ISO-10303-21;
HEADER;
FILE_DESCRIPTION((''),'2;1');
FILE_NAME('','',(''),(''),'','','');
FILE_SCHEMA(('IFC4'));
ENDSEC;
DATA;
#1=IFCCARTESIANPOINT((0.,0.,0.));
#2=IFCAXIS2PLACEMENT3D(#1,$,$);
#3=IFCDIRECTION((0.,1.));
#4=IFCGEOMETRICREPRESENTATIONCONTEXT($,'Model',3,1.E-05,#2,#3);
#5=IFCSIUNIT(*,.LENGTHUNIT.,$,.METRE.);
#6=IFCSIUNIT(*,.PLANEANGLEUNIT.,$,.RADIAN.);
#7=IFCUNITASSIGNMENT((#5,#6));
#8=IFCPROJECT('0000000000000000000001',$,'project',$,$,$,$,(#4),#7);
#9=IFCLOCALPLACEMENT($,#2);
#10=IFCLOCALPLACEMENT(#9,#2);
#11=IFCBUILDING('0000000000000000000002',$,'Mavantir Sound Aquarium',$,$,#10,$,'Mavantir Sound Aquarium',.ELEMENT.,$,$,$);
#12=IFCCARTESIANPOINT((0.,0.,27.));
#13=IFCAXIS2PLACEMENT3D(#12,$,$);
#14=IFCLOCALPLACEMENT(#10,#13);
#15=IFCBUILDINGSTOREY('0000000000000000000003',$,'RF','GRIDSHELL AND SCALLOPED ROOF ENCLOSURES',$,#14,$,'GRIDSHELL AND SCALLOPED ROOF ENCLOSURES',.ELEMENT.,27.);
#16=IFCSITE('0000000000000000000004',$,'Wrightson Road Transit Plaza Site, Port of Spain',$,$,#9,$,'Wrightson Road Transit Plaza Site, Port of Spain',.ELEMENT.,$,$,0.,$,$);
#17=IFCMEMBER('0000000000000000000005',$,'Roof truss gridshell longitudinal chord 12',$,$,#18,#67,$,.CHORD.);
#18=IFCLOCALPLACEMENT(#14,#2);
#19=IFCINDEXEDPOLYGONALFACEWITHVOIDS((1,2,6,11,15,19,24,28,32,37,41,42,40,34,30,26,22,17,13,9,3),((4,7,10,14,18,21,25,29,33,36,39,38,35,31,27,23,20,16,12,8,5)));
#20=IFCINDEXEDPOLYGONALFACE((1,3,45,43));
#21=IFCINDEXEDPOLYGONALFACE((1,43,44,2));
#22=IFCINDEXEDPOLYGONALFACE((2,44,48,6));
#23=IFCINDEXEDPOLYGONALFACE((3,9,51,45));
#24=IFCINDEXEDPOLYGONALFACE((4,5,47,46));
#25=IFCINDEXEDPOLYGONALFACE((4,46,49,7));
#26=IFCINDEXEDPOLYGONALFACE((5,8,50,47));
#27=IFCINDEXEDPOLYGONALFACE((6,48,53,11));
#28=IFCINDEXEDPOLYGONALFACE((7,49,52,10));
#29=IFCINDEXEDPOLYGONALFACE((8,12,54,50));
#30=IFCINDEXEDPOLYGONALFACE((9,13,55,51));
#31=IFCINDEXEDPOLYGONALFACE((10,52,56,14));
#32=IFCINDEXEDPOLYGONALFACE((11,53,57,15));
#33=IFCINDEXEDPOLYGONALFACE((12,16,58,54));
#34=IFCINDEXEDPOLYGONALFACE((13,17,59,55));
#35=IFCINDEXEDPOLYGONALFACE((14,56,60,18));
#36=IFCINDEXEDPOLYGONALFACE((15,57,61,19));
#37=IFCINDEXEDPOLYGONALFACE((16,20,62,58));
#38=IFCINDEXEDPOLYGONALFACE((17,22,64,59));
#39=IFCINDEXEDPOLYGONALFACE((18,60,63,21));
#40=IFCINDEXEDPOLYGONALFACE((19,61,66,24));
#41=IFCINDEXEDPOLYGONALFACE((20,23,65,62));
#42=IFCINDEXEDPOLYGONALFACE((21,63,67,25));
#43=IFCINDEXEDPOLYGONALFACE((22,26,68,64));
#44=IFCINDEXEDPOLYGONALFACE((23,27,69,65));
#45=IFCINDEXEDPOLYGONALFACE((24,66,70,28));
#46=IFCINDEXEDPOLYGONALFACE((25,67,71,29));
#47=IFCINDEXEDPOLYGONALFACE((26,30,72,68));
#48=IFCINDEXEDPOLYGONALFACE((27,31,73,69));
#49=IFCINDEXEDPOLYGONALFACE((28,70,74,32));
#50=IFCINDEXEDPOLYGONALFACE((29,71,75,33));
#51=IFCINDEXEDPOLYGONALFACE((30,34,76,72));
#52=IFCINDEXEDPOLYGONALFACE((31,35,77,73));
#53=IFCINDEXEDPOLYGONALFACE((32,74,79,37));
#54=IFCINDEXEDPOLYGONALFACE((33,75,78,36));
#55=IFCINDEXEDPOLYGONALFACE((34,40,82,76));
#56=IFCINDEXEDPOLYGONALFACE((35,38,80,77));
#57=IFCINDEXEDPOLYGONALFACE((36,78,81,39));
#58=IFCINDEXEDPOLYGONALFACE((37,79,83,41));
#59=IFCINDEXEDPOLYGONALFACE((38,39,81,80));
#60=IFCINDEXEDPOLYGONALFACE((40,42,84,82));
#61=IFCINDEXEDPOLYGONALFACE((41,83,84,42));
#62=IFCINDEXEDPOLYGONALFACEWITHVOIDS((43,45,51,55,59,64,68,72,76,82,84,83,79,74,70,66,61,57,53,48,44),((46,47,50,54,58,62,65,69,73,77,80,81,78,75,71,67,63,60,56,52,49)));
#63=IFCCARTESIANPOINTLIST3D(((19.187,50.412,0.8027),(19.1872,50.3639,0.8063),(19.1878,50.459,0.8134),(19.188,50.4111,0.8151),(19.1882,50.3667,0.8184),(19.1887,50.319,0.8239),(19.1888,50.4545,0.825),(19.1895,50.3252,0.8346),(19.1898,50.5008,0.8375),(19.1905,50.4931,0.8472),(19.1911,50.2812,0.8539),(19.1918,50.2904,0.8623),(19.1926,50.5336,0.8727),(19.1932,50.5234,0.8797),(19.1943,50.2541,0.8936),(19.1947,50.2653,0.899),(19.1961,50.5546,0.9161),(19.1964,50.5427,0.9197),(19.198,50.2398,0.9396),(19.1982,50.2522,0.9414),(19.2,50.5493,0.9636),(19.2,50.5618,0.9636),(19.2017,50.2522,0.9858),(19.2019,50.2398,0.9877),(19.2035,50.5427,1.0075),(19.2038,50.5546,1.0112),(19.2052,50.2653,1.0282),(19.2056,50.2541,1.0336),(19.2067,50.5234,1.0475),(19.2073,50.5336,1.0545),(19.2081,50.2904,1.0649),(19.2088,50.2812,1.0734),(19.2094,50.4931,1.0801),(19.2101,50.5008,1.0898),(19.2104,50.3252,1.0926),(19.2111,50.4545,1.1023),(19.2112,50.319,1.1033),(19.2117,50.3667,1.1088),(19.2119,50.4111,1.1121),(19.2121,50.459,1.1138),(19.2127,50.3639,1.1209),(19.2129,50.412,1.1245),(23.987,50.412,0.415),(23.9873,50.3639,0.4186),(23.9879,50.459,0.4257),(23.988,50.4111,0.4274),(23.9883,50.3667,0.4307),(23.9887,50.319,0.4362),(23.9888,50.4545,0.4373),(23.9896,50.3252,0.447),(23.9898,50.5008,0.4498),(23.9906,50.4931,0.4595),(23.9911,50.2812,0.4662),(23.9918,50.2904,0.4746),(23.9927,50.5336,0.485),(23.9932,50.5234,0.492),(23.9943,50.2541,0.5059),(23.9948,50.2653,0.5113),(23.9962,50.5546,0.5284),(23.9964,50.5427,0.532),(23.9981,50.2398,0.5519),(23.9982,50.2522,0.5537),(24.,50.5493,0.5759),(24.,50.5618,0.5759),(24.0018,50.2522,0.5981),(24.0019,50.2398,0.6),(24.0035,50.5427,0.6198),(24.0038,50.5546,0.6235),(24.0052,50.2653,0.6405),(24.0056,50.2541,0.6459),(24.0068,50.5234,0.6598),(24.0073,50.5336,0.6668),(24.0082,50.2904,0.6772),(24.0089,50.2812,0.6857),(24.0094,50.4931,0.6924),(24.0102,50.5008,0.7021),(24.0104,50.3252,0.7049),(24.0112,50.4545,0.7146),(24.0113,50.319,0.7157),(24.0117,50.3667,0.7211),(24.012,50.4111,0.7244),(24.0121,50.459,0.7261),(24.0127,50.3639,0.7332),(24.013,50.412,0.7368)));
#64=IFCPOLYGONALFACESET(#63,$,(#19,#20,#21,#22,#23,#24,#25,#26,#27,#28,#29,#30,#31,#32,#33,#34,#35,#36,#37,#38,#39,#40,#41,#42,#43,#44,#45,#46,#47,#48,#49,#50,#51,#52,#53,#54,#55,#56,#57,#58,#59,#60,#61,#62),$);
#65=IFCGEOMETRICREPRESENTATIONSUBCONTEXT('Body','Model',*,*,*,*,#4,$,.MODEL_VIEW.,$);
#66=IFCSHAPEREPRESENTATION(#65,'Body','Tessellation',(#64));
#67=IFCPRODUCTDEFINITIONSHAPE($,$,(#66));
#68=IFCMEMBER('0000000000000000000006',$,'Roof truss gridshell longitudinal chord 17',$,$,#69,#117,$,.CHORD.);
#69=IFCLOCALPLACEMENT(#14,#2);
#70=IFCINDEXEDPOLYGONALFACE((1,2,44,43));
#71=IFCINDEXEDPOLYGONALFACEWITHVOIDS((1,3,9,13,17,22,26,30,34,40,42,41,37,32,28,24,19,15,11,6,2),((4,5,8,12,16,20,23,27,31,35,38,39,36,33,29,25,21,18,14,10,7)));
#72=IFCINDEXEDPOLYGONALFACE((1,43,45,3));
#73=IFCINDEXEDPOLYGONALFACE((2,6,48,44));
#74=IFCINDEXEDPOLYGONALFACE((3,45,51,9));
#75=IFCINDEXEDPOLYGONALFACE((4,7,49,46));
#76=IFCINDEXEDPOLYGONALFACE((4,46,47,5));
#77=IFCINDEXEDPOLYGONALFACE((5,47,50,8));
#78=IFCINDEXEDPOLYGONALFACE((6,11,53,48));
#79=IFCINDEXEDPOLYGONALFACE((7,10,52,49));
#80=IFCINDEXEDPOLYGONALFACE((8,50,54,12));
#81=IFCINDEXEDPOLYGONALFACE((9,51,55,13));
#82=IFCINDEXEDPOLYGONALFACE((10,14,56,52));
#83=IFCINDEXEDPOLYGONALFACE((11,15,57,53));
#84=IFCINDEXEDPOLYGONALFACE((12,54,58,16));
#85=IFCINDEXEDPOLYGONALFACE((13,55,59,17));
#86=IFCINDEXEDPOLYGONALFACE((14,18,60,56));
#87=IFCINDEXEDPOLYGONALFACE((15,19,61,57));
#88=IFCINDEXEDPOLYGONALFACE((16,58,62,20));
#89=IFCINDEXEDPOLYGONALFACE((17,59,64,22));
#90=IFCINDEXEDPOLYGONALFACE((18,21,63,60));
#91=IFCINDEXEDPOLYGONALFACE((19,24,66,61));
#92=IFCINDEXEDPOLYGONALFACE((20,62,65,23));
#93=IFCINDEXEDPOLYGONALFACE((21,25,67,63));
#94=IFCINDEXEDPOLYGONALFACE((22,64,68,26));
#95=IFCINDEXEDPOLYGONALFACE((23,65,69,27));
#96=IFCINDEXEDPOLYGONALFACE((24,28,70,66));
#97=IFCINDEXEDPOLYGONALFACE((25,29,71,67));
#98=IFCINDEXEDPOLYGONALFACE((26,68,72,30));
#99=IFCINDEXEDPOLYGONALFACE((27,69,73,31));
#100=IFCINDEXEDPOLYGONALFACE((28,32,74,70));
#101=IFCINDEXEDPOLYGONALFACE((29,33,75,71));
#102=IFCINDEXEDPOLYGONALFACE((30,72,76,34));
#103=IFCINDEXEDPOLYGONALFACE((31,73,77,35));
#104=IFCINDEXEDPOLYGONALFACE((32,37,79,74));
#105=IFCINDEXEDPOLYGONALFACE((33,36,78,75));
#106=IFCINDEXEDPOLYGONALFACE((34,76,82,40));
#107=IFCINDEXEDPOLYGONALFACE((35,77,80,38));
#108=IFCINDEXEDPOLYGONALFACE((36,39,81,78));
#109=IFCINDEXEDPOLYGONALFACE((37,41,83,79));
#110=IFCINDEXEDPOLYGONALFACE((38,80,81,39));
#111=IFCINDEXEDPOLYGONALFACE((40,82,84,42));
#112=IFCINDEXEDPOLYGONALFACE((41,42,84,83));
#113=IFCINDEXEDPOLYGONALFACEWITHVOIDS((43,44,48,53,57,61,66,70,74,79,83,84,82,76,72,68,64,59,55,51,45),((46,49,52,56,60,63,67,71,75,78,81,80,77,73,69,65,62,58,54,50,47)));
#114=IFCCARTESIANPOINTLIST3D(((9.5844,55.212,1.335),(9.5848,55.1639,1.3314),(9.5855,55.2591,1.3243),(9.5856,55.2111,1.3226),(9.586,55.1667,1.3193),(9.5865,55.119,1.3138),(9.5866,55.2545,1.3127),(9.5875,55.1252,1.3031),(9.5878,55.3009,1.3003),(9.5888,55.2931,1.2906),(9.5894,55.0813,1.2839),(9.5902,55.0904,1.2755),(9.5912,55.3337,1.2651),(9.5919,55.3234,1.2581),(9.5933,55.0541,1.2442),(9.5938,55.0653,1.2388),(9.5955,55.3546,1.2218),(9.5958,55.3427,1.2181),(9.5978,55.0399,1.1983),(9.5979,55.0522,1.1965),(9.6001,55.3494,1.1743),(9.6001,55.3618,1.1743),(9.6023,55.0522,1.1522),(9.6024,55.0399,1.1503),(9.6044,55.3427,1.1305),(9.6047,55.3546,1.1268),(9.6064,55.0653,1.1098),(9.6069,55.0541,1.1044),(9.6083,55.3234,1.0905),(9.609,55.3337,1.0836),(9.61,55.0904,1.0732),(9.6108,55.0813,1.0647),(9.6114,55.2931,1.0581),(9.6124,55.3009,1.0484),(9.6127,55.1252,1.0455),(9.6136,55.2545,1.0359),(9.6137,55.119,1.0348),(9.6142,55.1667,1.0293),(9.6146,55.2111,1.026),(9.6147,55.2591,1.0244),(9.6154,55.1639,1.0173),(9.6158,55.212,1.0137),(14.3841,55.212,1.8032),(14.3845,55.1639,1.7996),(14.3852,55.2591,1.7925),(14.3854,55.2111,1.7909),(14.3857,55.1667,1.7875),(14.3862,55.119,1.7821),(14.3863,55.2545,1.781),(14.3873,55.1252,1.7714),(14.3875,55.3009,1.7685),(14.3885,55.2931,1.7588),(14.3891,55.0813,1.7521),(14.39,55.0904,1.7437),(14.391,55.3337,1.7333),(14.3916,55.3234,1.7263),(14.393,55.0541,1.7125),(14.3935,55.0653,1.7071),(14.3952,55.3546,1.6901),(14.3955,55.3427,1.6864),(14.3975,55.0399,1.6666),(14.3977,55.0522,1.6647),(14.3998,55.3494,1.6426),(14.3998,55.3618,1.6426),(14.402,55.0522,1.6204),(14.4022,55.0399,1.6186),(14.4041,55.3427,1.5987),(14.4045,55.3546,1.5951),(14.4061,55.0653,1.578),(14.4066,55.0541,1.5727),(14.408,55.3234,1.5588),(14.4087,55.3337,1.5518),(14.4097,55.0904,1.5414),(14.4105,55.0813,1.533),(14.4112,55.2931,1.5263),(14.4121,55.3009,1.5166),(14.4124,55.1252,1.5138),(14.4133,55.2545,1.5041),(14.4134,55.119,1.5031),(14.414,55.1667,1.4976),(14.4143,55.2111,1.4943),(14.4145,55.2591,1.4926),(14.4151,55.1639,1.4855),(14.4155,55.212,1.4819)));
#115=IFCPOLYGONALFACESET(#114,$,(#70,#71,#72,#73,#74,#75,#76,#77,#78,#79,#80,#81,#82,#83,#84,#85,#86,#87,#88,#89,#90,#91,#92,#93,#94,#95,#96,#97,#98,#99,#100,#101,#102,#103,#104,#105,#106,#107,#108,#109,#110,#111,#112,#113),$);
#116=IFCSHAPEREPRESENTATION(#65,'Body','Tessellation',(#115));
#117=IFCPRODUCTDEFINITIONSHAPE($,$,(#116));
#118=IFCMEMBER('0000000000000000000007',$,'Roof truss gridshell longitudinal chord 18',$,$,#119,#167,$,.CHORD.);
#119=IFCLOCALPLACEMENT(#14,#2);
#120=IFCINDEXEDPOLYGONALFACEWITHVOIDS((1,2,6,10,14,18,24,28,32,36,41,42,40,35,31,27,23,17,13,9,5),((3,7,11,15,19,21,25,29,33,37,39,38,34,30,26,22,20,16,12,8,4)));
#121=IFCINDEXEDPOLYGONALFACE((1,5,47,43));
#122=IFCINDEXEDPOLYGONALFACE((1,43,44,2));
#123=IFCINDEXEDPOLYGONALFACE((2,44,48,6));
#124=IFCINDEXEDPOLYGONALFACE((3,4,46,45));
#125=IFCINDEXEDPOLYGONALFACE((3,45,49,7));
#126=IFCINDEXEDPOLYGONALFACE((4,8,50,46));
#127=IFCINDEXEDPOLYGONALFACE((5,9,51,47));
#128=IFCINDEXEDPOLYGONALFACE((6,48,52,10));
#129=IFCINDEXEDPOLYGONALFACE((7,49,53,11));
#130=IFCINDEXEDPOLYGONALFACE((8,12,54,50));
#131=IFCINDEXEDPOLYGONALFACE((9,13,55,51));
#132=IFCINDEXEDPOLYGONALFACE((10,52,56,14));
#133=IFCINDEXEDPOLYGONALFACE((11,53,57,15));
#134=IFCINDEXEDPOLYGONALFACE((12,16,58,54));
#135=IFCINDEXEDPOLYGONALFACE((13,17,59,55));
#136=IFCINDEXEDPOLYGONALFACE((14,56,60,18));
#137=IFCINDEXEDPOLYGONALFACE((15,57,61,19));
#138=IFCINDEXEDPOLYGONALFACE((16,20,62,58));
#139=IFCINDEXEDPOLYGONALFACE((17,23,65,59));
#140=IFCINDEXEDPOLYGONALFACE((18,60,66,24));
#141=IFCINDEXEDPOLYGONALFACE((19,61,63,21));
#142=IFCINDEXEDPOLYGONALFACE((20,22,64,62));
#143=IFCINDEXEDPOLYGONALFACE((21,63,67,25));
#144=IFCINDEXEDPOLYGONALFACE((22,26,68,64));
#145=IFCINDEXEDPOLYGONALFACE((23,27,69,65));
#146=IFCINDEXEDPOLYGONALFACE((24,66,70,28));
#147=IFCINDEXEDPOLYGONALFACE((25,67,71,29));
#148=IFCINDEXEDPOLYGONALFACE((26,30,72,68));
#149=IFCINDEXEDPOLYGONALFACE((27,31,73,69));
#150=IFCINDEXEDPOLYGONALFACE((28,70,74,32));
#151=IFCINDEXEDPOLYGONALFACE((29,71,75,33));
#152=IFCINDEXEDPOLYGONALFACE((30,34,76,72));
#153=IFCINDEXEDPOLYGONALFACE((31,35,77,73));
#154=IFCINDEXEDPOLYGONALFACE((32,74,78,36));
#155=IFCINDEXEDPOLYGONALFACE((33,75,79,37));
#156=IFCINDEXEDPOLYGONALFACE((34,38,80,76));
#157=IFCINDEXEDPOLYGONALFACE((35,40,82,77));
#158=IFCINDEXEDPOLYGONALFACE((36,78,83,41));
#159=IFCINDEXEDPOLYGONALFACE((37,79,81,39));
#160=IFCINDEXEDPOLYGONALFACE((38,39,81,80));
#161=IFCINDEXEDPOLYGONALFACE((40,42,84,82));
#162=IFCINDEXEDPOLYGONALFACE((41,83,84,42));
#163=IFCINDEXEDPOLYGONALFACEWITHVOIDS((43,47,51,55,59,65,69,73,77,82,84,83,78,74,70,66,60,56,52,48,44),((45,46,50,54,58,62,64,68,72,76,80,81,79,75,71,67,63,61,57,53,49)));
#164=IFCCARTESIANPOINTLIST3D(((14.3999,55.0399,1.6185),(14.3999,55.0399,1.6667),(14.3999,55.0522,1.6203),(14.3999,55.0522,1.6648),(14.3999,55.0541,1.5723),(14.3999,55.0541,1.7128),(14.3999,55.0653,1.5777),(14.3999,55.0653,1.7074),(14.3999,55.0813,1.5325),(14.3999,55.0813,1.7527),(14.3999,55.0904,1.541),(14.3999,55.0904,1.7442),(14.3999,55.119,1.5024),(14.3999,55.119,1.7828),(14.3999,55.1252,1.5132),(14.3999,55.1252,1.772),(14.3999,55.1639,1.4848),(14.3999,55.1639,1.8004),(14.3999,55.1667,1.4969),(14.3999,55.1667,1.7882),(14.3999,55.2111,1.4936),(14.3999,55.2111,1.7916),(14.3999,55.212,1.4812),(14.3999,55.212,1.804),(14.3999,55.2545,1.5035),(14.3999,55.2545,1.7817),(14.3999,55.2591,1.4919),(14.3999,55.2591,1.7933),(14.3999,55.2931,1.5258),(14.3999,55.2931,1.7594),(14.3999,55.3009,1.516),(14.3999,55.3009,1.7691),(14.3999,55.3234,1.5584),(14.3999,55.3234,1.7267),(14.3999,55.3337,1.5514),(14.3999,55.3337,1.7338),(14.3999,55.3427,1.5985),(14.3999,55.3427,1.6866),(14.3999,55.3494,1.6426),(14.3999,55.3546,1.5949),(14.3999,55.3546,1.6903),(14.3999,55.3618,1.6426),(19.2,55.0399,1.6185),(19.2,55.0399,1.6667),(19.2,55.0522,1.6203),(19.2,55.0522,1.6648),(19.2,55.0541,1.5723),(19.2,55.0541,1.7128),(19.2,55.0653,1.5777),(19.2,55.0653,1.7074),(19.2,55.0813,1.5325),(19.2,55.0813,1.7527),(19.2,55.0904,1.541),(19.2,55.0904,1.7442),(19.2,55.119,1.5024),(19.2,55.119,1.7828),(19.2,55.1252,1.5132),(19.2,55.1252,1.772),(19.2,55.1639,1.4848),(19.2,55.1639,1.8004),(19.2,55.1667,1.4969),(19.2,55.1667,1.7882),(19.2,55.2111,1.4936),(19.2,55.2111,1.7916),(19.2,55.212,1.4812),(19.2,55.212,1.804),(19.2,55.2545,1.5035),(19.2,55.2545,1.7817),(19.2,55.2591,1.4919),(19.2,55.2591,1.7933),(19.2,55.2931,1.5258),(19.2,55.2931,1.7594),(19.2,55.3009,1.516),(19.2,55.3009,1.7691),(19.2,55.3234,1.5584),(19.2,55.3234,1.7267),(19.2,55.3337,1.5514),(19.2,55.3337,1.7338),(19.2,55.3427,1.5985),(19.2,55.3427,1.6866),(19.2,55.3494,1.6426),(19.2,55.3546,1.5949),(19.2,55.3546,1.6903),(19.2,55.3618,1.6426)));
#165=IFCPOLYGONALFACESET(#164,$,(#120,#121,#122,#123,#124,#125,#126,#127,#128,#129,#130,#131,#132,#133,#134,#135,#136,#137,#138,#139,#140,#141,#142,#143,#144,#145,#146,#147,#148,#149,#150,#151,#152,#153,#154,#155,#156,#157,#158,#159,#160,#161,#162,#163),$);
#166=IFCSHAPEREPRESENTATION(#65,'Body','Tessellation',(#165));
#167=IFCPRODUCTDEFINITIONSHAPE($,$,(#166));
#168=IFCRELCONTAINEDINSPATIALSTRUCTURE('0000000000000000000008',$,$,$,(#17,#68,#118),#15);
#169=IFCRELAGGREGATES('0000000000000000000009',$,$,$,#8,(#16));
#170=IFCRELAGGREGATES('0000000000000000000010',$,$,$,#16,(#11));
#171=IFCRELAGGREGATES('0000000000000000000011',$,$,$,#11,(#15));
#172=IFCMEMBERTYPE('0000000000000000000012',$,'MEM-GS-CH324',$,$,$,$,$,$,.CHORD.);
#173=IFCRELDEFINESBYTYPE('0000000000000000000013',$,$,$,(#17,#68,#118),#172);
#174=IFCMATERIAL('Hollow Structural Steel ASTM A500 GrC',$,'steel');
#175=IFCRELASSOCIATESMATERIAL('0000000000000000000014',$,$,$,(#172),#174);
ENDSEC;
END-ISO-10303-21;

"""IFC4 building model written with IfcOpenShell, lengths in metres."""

from ifc_helpers import new_model, si_unit, direction, frame, origin, origin_2d, place, context, subcontext, project, spatial, hollow_circle, extrude, material, material_profile, profile_set, type_object, element, save


model = new_model("IFC4")

# Units and contexts
model_context = context("Model", 3, precision=1e-05, world=origin(), true_north=direction((0.0, 1.0)))
body_context = subcontext(model_context, "Body", "Model", "MODEL_VIEW")
ifc_project = project(units=[si_unit("LENGTHUNIT", "METRE"), si_unit("PLANEANGLEUNIT", "RADIAN")], contexts=[model_context])

# Site, building, storey
site_placement = place(None, origin())
site = spatial("IfcSite", under=ifc_project, at=site_placement, Name="Wrightson Road Transit Plaza Site, Port of Spain", LongName="Wrightson Road Transit Plaza Site, Port of Spain", CompositionType="ELEMENT", RefElevation=0.0)
building_placement = place(site_placement, origin())
building = spatial("IfcBuilding", under=site, at=building_placement, Name="Mavantir Sound Aquarium", LongName="Mavantir Sound Aquarium", CompositionType="ELEMENT")
storey_placement = place(building_placement, frame((0.0, 0.0, 27.0)))
storey = spatial("IfcBuildingStorey", under=building, at=storey_placement, Name="RF", Description="GRIDSHELL AND SCALLOPED ROOF ENCLOSURES", LongName="GRIDSHELL AND SCALLOPED ROOF ENCLOSURES", CompositionType="ELEMENT", Elevation=27.0)

# Members
ifc_material_1 = material(Name="Hollow Structural Steel ASTM A500 GrC", Category="steel")
ifc_material_profile_1 = material_profile(ifc_material_1, hollow_circle(Radius=0.1619, WallThickness=0.0125, at=origin_2d()), Name="CHS 323.9X12.5")
ifc_profile_set_1 = profile_set([ifc_material_profile_1], Name="Hollow Structural Steel ASTM A500 GrC")
member_type_1 = type_object("IfcMemberType", Name="MEM-GS-CH324", PredefinedType="CHORD", material=ifc_profile_set_1)
member_1_placement = place(storey_placement, frame((19.2, 50.3999, 0.9636), z_axis=(0.996754, 0.0, -0.080507), x_axis=(0.0, 1.0, 0.0)))
element("IfcMember", 1, at=member_1_placement, inside=storey, type_object=member_type_1, Name="Roof truss gridshell longitudinal chord 12", PredefinedType="CHORD", context=body_context, shape_type="SweptSolid", body=[
    extrude(hollow_circle(Radius=0.1619, WallThickness=0.0125, at=origin_2d()), origin(), (0.0, 0.0, 1.0), 4.8157),
])
member_2_placement = place(storey_placement, frame((9.6001, 55.2, 1.1743), z_axis=(0.995275, 0.0, 0.097098), x_axis=(0.0, 1.0, 0.0)))
element("IfcMember", 2, at=member_2_placement, inside=storey, type_object=member_type_1, Name="Roof truss gridshell longitudinal chord 17", PredefinedType="CHORD", context=body_context, shape_type="SweptSolid", body=[
    extrude(hollow_circle(Radius=0.1619, WallThickness=0.0125, at=origin_2d()), origin(), (0.0, 0.0, 1.0), 4.8225),
])
member_3_placement = place(storey_placement, frame((14.3999, 55.2, 1.6426), z_axis=(1.0, 0.0, 0.0), x_axis=(0.0, 1.0, 0.0)))
element("IfcMember", 3, at=member_3_placement, inside=storey, type_object=member_type_1, Name="Roof truss gridshell longitudinal chord 18", PredefinedType="CHORD", context=body_context, shape_type="SweptSolid", body=[
    extrude(hollow_circle(Radius=0.1619, WallThickness=0.0125, at=origin_2d()), origin(), (0.0, 0.0, 1.0), 4.8),
])

save(model, "model.ifc")
